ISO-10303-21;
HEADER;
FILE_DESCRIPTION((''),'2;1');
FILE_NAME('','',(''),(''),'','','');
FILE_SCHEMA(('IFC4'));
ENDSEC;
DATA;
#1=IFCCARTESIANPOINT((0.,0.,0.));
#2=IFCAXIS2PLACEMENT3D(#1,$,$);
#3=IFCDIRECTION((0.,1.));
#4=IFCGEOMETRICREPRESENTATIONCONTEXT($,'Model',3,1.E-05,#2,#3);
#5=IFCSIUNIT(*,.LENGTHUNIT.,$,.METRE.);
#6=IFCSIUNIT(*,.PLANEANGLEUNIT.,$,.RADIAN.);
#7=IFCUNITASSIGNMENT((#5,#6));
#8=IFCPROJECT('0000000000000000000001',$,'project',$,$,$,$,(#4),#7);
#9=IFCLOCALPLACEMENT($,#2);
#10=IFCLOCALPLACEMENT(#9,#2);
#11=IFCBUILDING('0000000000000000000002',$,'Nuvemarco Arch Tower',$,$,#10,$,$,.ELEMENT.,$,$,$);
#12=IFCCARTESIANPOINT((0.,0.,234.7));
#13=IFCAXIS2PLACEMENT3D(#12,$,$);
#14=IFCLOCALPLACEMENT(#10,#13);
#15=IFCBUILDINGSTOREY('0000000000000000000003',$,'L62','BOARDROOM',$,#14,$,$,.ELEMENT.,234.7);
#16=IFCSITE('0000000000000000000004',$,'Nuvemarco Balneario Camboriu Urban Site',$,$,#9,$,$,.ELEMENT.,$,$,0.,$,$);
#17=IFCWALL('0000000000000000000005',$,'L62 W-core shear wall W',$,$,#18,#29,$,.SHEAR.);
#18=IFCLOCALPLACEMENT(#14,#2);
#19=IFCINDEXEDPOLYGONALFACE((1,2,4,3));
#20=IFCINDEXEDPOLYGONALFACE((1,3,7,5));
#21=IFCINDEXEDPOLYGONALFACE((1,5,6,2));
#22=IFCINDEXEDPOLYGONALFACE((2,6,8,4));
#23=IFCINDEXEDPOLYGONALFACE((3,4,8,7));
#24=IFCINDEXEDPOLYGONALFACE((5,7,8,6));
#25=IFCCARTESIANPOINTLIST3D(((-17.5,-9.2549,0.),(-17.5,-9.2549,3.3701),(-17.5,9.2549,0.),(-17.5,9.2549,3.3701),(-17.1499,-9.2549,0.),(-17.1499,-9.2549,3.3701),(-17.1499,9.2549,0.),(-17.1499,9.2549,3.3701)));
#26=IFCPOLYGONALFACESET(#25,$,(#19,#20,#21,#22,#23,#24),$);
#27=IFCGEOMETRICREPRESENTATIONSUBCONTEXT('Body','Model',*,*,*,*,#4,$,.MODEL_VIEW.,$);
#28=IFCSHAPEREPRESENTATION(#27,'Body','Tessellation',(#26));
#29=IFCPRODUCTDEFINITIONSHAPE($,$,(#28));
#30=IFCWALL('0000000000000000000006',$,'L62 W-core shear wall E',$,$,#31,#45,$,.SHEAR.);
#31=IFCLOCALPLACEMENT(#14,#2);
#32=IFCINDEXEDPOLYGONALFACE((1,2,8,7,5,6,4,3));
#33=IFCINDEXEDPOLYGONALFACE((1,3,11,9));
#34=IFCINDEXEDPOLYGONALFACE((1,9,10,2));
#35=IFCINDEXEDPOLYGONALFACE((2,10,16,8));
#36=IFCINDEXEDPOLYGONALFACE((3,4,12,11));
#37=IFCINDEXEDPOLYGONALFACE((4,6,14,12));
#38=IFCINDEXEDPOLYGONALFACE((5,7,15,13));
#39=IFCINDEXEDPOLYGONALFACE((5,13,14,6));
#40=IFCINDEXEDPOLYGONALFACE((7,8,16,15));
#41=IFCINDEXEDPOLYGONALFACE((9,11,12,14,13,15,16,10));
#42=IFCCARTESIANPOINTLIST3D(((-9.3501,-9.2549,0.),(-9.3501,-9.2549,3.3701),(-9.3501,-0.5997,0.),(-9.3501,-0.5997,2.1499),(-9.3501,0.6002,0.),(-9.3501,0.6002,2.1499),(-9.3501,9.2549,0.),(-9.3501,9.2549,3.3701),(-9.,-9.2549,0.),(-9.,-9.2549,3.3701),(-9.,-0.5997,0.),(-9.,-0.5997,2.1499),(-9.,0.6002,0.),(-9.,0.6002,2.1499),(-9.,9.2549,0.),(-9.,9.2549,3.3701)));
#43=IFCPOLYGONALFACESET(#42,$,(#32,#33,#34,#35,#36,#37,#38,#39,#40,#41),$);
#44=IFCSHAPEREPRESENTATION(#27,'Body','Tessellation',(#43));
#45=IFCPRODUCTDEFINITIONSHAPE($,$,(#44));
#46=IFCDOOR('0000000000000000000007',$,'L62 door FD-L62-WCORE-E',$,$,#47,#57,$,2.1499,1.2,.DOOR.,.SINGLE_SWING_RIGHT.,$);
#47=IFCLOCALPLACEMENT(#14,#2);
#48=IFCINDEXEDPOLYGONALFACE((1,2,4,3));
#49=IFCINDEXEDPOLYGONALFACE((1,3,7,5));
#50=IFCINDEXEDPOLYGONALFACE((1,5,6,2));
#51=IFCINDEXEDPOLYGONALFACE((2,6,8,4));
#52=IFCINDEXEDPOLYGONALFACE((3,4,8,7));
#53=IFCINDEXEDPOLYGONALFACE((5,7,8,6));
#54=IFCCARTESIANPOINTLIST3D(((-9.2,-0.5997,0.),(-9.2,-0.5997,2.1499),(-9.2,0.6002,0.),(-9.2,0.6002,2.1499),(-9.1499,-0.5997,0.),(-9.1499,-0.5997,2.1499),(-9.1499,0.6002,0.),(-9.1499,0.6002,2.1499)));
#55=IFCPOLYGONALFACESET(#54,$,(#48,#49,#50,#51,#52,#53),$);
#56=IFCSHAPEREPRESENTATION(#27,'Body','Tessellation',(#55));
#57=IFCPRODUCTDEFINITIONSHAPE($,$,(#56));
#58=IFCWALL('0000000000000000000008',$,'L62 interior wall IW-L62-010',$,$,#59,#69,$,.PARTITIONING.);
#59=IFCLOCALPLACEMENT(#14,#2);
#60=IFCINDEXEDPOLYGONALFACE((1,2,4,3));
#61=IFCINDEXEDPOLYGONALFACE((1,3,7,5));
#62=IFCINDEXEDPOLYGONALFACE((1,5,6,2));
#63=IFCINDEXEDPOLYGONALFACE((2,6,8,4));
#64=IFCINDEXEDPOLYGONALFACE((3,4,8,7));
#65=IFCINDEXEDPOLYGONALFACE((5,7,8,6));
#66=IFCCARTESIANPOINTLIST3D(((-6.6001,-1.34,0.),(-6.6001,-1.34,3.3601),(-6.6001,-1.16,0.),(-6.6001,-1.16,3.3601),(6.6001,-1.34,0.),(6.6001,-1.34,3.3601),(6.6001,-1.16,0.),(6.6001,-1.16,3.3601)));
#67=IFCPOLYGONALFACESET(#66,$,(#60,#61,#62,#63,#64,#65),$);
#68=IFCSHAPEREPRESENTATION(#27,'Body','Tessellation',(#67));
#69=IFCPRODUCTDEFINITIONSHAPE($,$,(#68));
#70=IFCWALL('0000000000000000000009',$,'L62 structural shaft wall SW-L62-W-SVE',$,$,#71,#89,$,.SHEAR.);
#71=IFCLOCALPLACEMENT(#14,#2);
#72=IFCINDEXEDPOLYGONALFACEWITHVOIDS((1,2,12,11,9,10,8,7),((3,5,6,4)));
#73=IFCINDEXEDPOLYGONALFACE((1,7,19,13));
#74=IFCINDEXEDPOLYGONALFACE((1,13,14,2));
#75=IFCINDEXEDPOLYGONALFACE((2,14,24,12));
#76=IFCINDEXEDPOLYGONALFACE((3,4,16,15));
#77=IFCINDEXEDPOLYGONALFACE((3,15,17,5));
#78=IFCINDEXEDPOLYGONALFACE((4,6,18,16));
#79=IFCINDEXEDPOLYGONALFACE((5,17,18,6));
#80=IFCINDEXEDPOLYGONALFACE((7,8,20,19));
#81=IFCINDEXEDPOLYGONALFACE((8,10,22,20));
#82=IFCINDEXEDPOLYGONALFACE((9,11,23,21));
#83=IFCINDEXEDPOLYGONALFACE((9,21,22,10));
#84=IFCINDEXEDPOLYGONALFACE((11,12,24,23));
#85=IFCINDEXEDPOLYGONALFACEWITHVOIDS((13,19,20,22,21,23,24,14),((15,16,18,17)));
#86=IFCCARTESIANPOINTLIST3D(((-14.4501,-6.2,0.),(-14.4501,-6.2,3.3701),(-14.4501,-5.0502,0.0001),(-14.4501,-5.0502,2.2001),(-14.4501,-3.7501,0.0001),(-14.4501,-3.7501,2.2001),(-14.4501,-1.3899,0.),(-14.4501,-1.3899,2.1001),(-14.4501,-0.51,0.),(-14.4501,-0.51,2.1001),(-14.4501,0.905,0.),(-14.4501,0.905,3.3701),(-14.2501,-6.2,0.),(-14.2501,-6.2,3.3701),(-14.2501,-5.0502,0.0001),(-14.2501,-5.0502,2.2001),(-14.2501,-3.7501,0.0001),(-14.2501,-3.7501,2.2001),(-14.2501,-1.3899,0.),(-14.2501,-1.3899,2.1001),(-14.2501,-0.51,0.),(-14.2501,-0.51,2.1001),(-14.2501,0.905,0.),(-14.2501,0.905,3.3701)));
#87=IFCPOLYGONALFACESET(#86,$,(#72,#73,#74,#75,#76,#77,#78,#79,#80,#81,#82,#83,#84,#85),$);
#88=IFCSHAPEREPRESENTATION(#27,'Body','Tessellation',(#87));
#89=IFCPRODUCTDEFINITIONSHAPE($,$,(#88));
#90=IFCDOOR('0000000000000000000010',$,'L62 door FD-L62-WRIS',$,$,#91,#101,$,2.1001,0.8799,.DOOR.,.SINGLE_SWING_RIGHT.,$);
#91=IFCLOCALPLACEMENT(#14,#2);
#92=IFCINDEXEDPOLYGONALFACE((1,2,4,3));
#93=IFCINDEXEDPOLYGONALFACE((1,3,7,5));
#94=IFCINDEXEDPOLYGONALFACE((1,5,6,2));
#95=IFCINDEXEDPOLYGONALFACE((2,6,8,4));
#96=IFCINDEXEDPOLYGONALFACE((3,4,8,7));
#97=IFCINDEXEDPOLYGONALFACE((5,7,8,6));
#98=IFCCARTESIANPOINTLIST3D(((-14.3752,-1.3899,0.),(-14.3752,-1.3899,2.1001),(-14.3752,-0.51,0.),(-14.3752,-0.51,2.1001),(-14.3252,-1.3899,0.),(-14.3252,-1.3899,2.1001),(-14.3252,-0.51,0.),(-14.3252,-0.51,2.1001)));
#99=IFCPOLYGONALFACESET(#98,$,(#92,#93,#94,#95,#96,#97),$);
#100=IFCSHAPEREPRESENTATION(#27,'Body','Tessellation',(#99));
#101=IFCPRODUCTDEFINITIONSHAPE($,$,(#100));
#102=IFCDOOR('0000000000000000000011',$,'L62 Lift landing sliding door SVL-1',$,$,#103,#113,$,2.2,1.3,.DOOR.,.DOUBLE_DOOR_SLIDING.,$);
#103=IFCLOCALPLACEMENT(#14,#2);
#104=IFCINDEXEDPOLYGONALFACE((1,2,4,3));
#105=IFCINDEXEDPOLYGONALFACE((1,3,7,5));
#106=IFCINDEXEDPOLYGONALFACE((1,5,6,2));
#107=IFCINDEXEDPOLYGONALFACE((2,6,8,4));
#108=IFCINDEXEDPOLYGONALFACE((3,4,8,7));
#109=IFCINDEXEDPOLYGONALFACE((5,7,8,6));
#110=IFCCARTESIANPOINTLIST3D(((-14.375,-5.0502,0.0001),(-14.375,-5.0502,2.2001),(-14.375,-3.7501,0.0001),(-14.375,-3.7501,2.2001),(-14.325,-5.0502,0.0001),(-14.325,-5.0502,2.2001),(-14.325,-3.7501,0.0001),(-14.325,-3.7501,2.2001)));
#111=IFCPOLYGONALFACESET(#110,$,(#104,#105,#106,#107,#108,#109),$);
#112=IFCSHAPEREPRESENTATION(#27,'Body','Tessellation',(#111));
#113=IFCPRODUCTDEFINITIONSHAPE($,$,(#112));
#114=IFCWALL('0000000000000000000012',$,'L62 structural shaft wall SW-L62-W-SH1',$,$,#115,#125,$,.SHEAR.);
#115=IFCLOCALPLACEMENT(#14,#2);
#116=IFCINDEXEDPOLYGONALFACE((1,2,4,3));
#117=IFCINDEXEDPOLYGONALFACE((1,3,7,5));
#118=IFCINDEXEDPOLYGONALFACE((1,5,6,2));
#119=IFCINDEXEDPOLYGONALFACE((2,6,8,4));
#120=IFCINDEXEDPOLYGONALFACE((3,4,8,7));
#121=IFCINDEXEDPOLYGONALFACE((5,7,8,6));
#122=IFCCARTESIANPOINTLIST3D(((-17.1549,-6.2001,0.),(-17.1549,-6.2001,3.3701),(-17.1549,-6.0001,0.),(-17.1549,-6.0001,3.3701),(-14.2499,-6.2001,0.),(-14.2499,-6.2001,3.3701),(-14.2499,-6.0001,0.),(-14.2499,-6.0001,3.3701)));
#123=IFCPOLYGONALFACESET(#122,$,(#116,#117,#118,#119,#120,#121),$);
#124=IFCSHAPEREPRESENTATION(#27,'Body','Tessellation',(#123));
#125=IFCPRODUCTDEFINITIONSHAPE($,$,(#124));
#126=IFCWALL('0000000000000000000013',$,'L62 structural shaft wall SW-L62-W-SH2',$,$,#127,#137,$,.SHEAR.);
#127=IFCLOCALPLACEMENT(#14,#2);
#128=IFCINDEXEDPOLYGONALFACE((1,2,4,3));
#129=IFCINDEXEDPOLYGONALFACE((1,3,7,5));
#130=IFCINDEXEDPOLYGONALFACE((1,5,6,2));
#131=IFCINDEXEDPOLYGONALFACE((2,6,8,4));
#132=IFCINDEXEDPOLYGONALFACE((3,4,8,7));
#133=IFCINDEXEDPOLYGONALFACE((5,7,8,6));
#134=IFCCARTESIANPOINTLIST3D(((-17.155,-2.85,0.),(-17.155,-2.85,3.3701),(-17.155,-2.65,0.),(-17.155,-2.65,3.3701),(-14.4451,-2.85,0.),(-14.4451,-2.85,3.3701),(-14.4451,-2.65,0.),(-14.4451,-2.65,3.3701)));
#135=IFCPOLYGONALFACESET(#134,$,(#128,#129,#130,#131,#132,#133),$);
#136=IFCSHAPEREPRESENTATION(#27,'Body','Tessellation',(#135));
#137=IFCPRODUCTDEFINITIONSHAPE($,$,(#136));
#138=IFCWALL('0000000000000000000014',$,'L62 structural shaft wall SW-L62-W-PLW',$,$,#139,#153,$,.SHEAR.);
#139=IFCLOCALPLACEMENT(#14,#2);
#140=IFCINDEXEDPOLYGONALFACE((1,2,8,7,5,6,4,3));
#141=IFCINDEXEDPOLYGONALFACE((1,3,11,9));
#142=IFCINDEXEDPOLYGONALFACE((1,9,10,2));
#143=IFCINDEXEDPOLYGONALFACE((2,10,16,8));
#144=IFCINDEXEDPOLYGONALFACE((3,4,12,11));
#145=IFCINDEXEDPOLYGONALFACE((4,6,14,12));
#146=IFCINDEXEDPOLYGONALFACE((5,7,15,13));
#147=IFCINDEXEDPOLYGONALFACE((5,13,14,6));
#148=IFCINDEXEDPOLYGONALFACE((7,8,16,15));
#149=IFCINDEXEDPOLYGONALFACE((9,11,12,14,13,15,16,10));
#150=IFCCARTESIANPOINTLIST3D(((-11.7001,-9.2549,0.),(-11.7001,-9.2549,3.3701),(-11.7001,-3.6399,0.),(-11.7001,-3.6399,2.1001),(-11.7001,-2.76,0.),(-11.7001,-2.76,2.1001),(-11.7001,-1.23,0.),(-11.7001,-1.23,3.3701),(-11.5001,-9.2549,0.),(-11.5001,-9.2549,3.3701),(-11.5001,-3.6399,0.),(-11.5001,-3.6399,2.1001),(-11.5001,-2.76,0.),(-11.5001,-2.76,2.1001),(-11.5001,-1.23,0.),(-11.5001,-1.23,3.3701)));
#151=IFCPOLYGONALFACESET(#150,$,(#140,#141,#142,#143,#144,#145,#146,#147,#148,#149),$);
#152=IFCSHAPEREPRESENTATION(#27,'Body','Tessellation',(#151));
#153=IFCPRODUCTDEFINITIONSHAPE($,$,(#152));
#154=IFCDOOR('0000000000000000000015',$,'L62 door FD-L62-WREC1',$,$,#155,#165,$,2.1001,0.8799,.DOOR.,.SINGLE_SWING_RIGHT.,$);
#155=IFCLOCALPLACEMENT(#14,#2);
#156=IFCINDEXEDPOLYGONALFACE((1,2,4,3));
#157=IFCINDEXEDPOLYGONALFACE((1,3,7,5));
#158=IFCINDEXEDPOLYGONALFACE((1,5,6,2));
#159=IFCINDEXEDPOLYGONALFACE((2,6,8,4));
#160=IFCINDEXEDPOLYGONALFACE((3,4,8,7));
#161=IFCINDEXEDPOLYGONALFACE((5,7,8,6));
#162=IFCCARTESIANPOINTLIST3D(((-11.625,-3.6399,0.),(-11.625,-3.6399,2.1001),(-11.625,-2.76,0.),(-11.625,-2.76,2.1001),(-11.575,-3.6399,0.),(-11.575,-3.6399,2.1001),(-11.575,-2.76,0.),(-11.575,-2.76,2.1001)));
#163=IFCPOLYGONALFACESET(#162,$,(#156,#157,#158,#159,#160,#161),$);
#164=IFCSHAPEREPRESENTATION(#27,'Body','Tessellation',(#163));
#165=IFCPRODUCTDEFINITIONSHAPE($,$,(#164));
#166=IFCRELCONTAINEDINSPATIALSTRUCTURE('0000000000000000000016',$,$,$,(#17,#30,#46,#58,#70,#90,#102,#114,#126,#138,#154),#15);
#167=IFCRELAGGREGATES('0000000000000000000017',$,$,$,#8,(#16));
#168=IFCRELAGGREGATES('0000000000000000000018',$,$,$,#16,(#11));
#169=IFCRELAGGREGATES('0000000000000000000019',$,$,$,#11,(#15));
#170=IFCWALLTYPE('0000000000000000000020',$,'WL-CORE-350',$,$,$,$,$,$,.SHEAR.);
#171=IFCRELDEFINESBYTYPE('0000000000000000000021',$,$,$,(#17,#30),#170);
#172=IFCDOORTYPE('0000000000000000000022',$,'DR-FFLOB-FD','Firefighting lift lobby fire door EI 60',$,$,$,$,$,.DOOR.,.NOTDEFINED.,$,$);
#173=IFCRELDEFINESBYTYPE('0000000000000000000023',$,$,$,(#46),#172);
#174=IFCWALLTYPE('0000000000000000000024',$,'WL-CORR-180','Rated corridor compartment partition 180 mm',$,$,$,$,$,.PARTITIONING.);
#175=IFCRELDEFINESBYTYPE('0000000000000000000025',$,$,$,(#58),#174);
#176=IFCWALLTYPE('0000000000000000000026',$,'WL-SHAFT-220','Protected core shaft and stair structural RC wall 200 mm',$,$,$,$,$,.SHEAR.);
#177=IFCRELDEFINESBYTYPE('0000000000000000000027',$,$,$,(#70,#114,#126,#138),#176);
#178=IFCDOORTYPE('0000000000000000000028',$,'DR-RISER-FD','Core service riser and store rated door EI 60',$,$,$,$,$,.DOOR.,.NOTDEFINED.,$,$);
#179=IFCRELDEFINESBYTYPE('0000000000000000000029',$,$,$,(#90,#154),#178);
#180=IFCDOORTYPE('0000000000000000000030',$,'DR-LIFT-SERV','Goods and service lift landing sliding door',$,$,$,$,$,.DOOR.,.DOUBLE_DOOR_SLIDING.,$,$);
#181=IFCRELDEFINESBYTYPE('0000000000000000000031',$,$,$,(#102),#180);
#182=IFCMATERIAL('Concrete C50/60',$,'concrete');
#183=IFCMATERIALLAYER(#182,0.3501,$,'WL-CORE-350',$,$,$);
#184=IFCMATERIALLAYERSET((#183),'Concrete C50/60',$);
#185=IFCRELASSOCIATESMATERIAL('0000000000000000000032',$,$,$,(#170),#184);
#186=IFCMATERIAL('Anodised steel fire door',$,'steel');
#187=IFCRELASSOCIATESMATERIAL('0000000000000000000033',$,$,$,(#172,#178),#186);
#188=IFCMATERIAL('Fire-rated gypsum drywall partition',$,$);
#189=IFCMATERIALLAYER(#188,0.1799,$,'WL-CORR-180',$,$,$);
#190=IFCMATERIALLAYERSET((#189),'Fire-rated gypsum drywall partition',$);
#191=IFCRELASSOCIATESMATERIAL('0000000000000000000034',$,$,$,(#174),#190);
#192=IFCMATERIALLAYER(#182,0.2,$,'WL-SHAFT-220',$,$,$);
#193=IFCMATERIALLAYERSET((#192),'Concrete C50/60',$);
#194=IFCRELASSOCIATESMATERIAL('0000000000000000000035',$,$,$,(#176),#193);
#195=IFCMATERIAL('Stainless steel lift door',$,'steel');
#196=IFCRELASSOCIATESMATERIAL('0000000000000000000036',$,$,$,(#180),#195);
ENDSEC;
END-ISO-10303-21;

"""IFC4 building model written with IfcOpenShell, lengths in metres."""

from ifc_helpers import new_model, si_unit, direction, frame, frame_2d, origin, place, context, subcontext, project, spatial, rectangle, extrude, source, transform, mapped, material, layer, layer_set, type_object, type_shapes, element, fill, save


model = new_model("IFC4")

# Units and contexts
model_context = context("Model", 3, precision=1e-05, world=origin(), true_north=direction((0.0, 1.0)))
body_context = subcontext(model_context, "Body", "Model", "MODEL_VIEW")
ifc_project = project(units=[si_unit("LENGTHUNIT", "METRE"), si_unit("PLANEANGLEUNIT", "RADIAN")], contexts=[model_context])

# Site, building, storey
site_placement = place(None, origin())
site = spatial("IfcSite", under=ifc_project, at=site_placement, Name="Nuvemarco Balneario Camboriu Urban Site", CompositionType="ELEMENT", RefElevation=0.0)
building_placement = place(site_placement, origin())
building = spatial("IfcBuilding", under=site, at=building_placement, Name="Nuvemarco Arch Tower", CompositionType="ELEMENT")
storey_placement = place(building_placement, frame((0.0, 0.0, 234.7)))
storey = spatial("IfcBuildingStorey", under=building, at=storey_placement, Name="L62", Description="BOARDROOM", CompositionType="ELEMENT", Elevation=234.7)

# Shared definitions
ifc_material_1 = material(Name="Concrete C50/60", Category="concrete")

# Wall
ifc_layer_1 = layer(ifc_material_1, 0.3501, Name="WL-CORE-350")
ifc_layer_set_1 = layer_set([ifc_layer_1], Name="Concrete C50/60")
wall_type_1 = type_object("IfcWallType", Name="WL-CORE-350", PredefinedType="SHEAR", material=ifc_layer_set_1)
wall_1_placement = place(storey_placement, frame((-17.325, -9.2549, 0.0), z_axis=(0.0, 0.0, 1.0), x_axis=(0.0, 1.0, 0.0)))
element("IfcWall", 1, at=wall_1_placement, inside=storey, type_object=wall_type_1, Name="L62 W-core shear wall W", PredefinedType="SHEAR", context=body_context, shape_type="SweptSolid", body=[
    extrude(rectangle(XDim=18.5098, YDim=0.3501, at=frame_2d((9.2549, 0.0))), origin(), (0.0, 0.0, 1.0), 3.3701),
])

# Wall, opening, door
wall_2_placement = place(storey_placement, frame((-9.175, -9.2549, 0.0), z_axis=(0.0, 0.0, 1.0), x_axis=(0.0, 1.0, 0.0)))
wall_2 = element("IfcWall", 2, at=wall_2_placement, inside=storey, type_object=wall_type_1, Name="L62 W-core shear wall E", PredefinedType="SHEAR", context=body_context, shape_type="SweptSolid", body=[
    extrude(rectangle(XDim=18.5098, YDim=0.3501, at=frame_2d((9.2549, 0.0))), origin(), (0.0, 0.0, 1.0), 3.3701),
])
opening_1_placement = place(wall_2_placement, frame((8.655, 0.0, 0.0)))
opening_1 = element("IfcOpeningElement", 3, at=opening_1_placement, cuts=wall_2, PredefinedType="OPENING", context=body_context, shape_type="SweptSolid", body=[
    extrude(rectangle(XDim=1.2, YDim=2.1499, at=frame_2d((0.6001, 1.075))), frame((0.0, 0.1851, 0.0), z_axis=(0.0, -1.0, 0.0), x_axis=(1.0, 0.0, 0.0)), (0.0, 0.0, 1.0), 0.3701),
])
ifc_material_2 = material(Name="Anodised steel fire door", Category="steel")
door_type_1 = type_object("IfcDoorType", Name="DR-FFLOB-FD", Description="Firefighting lift lobby fire door EI 60", OperationType="NOTDEFINED", PredefinedType="DOOR", material=ifc_material_2)
shared_shape_1 = source(origin(), body_context, "Body", "SweptSolid", [
    extrude(rectangle(XDim=1.2, YDim=2.1499, at=frame_2d((0.6001, 1.075))), frame((0.0, 0.0249, 0.0), z_axis=(0.0, -1.0, 0.0), x_axis=(1.0, 0.0, 0.0)), (0.0, 0.0, 1.0), 0.05),
])
type_shapes(door_type_1, [shared_shape_1])
door_1_placement = place(opening_1_placement, origin())
door_1 = element("IfcDoor", 4, at=door_1_placement, inside=storey, type_object=door_type_1, Name="L62 door FD-L62-WCORE-E", OperationType="SINGLE_SWING_RIGHT", OverallHeight=2.1499, OverallWidth=1.2, PredefinedType="DOOR", context=body_context, shape_type="MappedRepresentation", body=[
    mapped(shared_shape_1, transform((0.0, 0.0, 0.0), scale=1.0)),
])
fill(opening_1, door_1)

# Wall
ifc_material_3 = material(Name="Fire-rated gypsum drywall partition")
ifc_layer_2 = layer(ifc_material_3, 0.1799, Name="WL-CORR-180")
ifc_layer_set_2 = layer_set([ifc_layer_2], Name="Fire-rated gypsum drywall partition")
wall_type_2 = type_object("IfcWallType", Name="WL-CORR-180", Description="Rated corridor compartment partition 180 mm", PredefinedType="PARTITIONING", material=ifc_layer_set_2)
wall_3_placement = place(storey_placement, frame((-6.6001, -1.25, 0.0), z_axis=(0.0, 0.0, 1.0), x_axis=(1.0, 0.0, 0.0)))
element("IfcWall", 5, at=wall_3_placement, inside=storey, type_object=wall_type_2, Name="L62 interior wall IW-L62-010", PredefinedType="PARTITIONING", context=body_context, shape_type="SweptSolid", body=[
    extrude(rectangle(XDim=13.2002, YDim=0.1799, at=frame_2d((6.6001, 0.0))), origin(), (0.0, 0.0, 1.0), 3.3601),
])

# Shared definitions
ifc_layer_3 = layer(ifc_material_1, 0.2, Name="WL-SHAFT-220")
ifc_layer_set_3 = layer_set([ifc_layer_3], Name="Concrete C50/60")
wall_type_3 = type_object("IfcWallType", Name="WL-SHAFT-220", Description="Protected core shaft and stair structural RC wall 200 mm", PredefinedType="SHEAR", material=ifc_layer_set_3)
ifc_material_4 = material(Name="Stainless steel lift door", Category="steel")

# Wall, openings, doors
wall_4_placement = place(storey_placement, frame((-14.3501, -6.2, 0.0), z_axis=(0.0, 0.0, 1.0), x_axis=(0.0, 1.0, 0.0)))
wall_4 = element("IfcWall", 6, at=wall_4_placement, inside=storey, type_object=wall_type_3, Name="L62 structural shaft wall SW-L62-W-SVE", PredefinedType="SHEAR", context=body_context, shape_type="SweptSolid", body=[
    extrude(rectangle(XDim=7.105, YDim=0.2, at=frame_2d((3.5525, 0.0))), origin(), (0.0, 0.0, 1.0), 3.3701),
])
opening_2_placement = place(wall_4_placement, frame((5.6899, 0.0, 0.0), z_axis=(0.0, 0.0, 1.0), x_axis=(-1.0, 0.0, 0.0)))
opening_2 = element("IfcOpeningElement", 7, at=opening_2_placement, cuts=wall_4, PredefinedType="OPENING", context=body_context, shape_type="SweptSolid", body=[
    extrude(rectangle(XDim=0.8799, YDim=2.1001, at=frame_2d((0.4399, 1.05))), frame((0.0, 0.1099, 0.0), z_axis=(0.0, -1.0, 0.0), x_axis=(1.0, 0.0, 0.0)), (0.0, 0.0, 1.0), 0.22),
])
opening_3_placement = place(wall_4_placement, frame((1.1499, 0.0, 0.0)))
opening_3 = element("IfcOpeningElement", 8, at=opening_3_placement, cuts=wall_4, PredefinedType="OPENING", context=body_context, shape_type="SweptSolid", body=[
    extrude(rectangle(XDim=1.3, YDim=2.2, at=frame_2d((0.6499, 1.1001))), frame((0.0, 0.1099, 0.0), z_axis=(0.0, -1.0, 0.0), x_axis=(1.0, 0.0, 0.0)), (0.0, 0.0, 1.0), 0.22),
])
door_type_2 = type_object("IfcDoorType", Name="DR-RISER-FD", Description="Core service riser and store rated door EI 60", OperationType="NOTDEFINED", PredefinedType="DOOR", material=ifc_material_2)
shared_shape_2 = source(origin(), body_context, "Body", "SweptSolid", [
    extrude(rectangle(XDim=0.8799, YDim=2.1001, at=frame_2d((0.4399, 1.05))), frame((0.0, 0.0249, 0.0), z_axis=(0.0, -1.0, 0.0), x_axis=(1.0, 0.0, 0.0)), (0.0, 0.0, 1.0), 0.05),
])
type_shapes(door_type_2, [shared_shape_2])
door_2_placement = place(opening_2_placement, origin())
door_2 = element("IfcDoor", 9, at=door_2_placement, inside=storey, type_object=door_type_2, Name="L62 door FD-L62-WRIS", OperationType="SINGLE_SWING_RIGHT", OverallHeight=2.1001, OverallWidth=0.8799, PredefinedType="DOOR", context=body_context, shape_type="MappedRepresentation", body=[
    mapped(shared_shape_2, transform((0.0, 0.0, 0.0), scale=1.0)),
])
fill(opening_2, door_2)
door_type_3 = type_object("IfcDoorType", Name="DR-LIFT-SERV", Description="Goods and service lift landing sliding door", OperationType="DOUBLE_DOOR_SLIDING", PredefinedType="DOOR", material=ifc_material_4)
shared_shape_3 = source(origin(), body_context, "Body", "SweptSolid", [
    extrude(rectangle(XDim=1.3, YDim=2.2, at=frame_2d((0.6499, 1.1001))), frame((0.0, 0.0249, 0.0), z_axis=(0.0, -1.0, 0.0), x_axis=(1.0, 0.0, 0.0)), (0.0, 0.0, 1.0), 0.05),
])
type_shapes(door_type_3, [shared_shape_3])
door_3_placement = place(opening_3_placement, origin())
door_3 = element("IfcDoor", 10, at=door_3_placement, inside=storey, type_object=door_type_3, Name="L62 Lift landing sliding door SVL-1", OperationType="DOUBLE_DOOR_SLIDING", OverallHeight=2.2, OverallWidth=1.3, PredefinedType="DOOR", context=body_context, shape_type="MappedRepresentation", body=[
    mapped(shared_shape_3, transform((0.0, 0.0, 0.0), scale=1.0)),
])
fill(opening_3, door_3)

# Walls
wall_5_placement = place(storey_placement, frame((-17.155, -6.1001, 0.0), z_axis=(0.0, 0.0, 1.0), x_axis=(1.0, 0.0, 0.0)))
element("IfcWall", 11, at=wall_5_placement, inside=storey, type_object=wall_type_3, Name="L62 structural shaft wall SW-L62-W-SH1", PredefinedType="SHEAR", context=body_context, shape_type="SweptSolid", body=[
    extrude(rectangle(XDim=2.905, YDim=0.2, at=frame_2d((1.4526, 0.0))), origin(), (0.0, 0.0, 1.0), 3.3701),
])
wall_6_placement = place(storey_placement, frame((-17.155, -2.75, 0.0), z_axis=(0.0, 0.0, 1.0), x_axis=(1.0, 0.0, 0.0)))
element("IfcWall", 12, at=wall_6_placement, inside=storey, type_object=wall_type_3, Name="L62 structural shaft wall SW-L62-W-SH2", PredefinedType="SHEAR", context=body_context, shape_type="SweptSolid", body=[
    extrude(rectangle(XDim=2.71, YDim=0.2, at=frame_2d((1.355, 0.0))), origin(), (0.0, 0.0, 1.0), 3.3701),
])

# Wall, opening, door
wall_7_placement = place(storey_placement, frame((-11.6001, -9.2549, 0.0), z_axis=(0.0, 0.0, 1.0), x_axis=(0.0, 1.0, 0.0)))
wall_7 = element("IfcWall", 13, at=wall_7_placement, inside=storey, type_object=wall_type_3, Name="L62 structural shaft wall SW-L62-W-PLW", PredefinedType="SHEAR", context=body_context, shape_type="SweptSolid", body=[
    extrude(rectangle(XDim=8.0249, YDim=0.2, at=frame_2d((4.0125, 0.0))), origin(), (0.0, 0.0, 1.0), 3.3701),
])
opening_4_placement = place(wall_7_placement, frame((5.615, 0.0, 0.0)))
opening_4 = element("IfcOpeningElement", 14, at=opening_4_placement, cuts=wall_7, PredefinedType="OPENING", context=body_context, shape_type="SweptSolid", body=[
    extrude(rectangle(XDim=0.8799, YDim=2.1001, at=frame_2d((0.4399, 1.05))), frame((0.0, 0.1099, 0.0), z_axis=(0.0, -1.0, 0.0), x_axis=(1.0, 0.0, 0.0)), (0.0, 0.0, 1.0), 0.22),
])
door_4_placement = place(opening_4_placement, origin())
door_4 = element("IfcDoor", 15, at=door_4_placement, inside=storey, type_object=door_type_2, Name="L62 door FD-L62-WREC1", OperationType="SINGLE_SWING_RIGHT", OverallHeight=2.1001, OverallWidth=0.8799, PredefinedType="DOOR", context=body_context, shape_type="MappedRepresentation", body=[
    mapped(shared_shape_2, transform((0.0, 0.0, 0.0), scale=1.0)),
])
fill(opening_4, door_4)

save(model, "model.ifc")
